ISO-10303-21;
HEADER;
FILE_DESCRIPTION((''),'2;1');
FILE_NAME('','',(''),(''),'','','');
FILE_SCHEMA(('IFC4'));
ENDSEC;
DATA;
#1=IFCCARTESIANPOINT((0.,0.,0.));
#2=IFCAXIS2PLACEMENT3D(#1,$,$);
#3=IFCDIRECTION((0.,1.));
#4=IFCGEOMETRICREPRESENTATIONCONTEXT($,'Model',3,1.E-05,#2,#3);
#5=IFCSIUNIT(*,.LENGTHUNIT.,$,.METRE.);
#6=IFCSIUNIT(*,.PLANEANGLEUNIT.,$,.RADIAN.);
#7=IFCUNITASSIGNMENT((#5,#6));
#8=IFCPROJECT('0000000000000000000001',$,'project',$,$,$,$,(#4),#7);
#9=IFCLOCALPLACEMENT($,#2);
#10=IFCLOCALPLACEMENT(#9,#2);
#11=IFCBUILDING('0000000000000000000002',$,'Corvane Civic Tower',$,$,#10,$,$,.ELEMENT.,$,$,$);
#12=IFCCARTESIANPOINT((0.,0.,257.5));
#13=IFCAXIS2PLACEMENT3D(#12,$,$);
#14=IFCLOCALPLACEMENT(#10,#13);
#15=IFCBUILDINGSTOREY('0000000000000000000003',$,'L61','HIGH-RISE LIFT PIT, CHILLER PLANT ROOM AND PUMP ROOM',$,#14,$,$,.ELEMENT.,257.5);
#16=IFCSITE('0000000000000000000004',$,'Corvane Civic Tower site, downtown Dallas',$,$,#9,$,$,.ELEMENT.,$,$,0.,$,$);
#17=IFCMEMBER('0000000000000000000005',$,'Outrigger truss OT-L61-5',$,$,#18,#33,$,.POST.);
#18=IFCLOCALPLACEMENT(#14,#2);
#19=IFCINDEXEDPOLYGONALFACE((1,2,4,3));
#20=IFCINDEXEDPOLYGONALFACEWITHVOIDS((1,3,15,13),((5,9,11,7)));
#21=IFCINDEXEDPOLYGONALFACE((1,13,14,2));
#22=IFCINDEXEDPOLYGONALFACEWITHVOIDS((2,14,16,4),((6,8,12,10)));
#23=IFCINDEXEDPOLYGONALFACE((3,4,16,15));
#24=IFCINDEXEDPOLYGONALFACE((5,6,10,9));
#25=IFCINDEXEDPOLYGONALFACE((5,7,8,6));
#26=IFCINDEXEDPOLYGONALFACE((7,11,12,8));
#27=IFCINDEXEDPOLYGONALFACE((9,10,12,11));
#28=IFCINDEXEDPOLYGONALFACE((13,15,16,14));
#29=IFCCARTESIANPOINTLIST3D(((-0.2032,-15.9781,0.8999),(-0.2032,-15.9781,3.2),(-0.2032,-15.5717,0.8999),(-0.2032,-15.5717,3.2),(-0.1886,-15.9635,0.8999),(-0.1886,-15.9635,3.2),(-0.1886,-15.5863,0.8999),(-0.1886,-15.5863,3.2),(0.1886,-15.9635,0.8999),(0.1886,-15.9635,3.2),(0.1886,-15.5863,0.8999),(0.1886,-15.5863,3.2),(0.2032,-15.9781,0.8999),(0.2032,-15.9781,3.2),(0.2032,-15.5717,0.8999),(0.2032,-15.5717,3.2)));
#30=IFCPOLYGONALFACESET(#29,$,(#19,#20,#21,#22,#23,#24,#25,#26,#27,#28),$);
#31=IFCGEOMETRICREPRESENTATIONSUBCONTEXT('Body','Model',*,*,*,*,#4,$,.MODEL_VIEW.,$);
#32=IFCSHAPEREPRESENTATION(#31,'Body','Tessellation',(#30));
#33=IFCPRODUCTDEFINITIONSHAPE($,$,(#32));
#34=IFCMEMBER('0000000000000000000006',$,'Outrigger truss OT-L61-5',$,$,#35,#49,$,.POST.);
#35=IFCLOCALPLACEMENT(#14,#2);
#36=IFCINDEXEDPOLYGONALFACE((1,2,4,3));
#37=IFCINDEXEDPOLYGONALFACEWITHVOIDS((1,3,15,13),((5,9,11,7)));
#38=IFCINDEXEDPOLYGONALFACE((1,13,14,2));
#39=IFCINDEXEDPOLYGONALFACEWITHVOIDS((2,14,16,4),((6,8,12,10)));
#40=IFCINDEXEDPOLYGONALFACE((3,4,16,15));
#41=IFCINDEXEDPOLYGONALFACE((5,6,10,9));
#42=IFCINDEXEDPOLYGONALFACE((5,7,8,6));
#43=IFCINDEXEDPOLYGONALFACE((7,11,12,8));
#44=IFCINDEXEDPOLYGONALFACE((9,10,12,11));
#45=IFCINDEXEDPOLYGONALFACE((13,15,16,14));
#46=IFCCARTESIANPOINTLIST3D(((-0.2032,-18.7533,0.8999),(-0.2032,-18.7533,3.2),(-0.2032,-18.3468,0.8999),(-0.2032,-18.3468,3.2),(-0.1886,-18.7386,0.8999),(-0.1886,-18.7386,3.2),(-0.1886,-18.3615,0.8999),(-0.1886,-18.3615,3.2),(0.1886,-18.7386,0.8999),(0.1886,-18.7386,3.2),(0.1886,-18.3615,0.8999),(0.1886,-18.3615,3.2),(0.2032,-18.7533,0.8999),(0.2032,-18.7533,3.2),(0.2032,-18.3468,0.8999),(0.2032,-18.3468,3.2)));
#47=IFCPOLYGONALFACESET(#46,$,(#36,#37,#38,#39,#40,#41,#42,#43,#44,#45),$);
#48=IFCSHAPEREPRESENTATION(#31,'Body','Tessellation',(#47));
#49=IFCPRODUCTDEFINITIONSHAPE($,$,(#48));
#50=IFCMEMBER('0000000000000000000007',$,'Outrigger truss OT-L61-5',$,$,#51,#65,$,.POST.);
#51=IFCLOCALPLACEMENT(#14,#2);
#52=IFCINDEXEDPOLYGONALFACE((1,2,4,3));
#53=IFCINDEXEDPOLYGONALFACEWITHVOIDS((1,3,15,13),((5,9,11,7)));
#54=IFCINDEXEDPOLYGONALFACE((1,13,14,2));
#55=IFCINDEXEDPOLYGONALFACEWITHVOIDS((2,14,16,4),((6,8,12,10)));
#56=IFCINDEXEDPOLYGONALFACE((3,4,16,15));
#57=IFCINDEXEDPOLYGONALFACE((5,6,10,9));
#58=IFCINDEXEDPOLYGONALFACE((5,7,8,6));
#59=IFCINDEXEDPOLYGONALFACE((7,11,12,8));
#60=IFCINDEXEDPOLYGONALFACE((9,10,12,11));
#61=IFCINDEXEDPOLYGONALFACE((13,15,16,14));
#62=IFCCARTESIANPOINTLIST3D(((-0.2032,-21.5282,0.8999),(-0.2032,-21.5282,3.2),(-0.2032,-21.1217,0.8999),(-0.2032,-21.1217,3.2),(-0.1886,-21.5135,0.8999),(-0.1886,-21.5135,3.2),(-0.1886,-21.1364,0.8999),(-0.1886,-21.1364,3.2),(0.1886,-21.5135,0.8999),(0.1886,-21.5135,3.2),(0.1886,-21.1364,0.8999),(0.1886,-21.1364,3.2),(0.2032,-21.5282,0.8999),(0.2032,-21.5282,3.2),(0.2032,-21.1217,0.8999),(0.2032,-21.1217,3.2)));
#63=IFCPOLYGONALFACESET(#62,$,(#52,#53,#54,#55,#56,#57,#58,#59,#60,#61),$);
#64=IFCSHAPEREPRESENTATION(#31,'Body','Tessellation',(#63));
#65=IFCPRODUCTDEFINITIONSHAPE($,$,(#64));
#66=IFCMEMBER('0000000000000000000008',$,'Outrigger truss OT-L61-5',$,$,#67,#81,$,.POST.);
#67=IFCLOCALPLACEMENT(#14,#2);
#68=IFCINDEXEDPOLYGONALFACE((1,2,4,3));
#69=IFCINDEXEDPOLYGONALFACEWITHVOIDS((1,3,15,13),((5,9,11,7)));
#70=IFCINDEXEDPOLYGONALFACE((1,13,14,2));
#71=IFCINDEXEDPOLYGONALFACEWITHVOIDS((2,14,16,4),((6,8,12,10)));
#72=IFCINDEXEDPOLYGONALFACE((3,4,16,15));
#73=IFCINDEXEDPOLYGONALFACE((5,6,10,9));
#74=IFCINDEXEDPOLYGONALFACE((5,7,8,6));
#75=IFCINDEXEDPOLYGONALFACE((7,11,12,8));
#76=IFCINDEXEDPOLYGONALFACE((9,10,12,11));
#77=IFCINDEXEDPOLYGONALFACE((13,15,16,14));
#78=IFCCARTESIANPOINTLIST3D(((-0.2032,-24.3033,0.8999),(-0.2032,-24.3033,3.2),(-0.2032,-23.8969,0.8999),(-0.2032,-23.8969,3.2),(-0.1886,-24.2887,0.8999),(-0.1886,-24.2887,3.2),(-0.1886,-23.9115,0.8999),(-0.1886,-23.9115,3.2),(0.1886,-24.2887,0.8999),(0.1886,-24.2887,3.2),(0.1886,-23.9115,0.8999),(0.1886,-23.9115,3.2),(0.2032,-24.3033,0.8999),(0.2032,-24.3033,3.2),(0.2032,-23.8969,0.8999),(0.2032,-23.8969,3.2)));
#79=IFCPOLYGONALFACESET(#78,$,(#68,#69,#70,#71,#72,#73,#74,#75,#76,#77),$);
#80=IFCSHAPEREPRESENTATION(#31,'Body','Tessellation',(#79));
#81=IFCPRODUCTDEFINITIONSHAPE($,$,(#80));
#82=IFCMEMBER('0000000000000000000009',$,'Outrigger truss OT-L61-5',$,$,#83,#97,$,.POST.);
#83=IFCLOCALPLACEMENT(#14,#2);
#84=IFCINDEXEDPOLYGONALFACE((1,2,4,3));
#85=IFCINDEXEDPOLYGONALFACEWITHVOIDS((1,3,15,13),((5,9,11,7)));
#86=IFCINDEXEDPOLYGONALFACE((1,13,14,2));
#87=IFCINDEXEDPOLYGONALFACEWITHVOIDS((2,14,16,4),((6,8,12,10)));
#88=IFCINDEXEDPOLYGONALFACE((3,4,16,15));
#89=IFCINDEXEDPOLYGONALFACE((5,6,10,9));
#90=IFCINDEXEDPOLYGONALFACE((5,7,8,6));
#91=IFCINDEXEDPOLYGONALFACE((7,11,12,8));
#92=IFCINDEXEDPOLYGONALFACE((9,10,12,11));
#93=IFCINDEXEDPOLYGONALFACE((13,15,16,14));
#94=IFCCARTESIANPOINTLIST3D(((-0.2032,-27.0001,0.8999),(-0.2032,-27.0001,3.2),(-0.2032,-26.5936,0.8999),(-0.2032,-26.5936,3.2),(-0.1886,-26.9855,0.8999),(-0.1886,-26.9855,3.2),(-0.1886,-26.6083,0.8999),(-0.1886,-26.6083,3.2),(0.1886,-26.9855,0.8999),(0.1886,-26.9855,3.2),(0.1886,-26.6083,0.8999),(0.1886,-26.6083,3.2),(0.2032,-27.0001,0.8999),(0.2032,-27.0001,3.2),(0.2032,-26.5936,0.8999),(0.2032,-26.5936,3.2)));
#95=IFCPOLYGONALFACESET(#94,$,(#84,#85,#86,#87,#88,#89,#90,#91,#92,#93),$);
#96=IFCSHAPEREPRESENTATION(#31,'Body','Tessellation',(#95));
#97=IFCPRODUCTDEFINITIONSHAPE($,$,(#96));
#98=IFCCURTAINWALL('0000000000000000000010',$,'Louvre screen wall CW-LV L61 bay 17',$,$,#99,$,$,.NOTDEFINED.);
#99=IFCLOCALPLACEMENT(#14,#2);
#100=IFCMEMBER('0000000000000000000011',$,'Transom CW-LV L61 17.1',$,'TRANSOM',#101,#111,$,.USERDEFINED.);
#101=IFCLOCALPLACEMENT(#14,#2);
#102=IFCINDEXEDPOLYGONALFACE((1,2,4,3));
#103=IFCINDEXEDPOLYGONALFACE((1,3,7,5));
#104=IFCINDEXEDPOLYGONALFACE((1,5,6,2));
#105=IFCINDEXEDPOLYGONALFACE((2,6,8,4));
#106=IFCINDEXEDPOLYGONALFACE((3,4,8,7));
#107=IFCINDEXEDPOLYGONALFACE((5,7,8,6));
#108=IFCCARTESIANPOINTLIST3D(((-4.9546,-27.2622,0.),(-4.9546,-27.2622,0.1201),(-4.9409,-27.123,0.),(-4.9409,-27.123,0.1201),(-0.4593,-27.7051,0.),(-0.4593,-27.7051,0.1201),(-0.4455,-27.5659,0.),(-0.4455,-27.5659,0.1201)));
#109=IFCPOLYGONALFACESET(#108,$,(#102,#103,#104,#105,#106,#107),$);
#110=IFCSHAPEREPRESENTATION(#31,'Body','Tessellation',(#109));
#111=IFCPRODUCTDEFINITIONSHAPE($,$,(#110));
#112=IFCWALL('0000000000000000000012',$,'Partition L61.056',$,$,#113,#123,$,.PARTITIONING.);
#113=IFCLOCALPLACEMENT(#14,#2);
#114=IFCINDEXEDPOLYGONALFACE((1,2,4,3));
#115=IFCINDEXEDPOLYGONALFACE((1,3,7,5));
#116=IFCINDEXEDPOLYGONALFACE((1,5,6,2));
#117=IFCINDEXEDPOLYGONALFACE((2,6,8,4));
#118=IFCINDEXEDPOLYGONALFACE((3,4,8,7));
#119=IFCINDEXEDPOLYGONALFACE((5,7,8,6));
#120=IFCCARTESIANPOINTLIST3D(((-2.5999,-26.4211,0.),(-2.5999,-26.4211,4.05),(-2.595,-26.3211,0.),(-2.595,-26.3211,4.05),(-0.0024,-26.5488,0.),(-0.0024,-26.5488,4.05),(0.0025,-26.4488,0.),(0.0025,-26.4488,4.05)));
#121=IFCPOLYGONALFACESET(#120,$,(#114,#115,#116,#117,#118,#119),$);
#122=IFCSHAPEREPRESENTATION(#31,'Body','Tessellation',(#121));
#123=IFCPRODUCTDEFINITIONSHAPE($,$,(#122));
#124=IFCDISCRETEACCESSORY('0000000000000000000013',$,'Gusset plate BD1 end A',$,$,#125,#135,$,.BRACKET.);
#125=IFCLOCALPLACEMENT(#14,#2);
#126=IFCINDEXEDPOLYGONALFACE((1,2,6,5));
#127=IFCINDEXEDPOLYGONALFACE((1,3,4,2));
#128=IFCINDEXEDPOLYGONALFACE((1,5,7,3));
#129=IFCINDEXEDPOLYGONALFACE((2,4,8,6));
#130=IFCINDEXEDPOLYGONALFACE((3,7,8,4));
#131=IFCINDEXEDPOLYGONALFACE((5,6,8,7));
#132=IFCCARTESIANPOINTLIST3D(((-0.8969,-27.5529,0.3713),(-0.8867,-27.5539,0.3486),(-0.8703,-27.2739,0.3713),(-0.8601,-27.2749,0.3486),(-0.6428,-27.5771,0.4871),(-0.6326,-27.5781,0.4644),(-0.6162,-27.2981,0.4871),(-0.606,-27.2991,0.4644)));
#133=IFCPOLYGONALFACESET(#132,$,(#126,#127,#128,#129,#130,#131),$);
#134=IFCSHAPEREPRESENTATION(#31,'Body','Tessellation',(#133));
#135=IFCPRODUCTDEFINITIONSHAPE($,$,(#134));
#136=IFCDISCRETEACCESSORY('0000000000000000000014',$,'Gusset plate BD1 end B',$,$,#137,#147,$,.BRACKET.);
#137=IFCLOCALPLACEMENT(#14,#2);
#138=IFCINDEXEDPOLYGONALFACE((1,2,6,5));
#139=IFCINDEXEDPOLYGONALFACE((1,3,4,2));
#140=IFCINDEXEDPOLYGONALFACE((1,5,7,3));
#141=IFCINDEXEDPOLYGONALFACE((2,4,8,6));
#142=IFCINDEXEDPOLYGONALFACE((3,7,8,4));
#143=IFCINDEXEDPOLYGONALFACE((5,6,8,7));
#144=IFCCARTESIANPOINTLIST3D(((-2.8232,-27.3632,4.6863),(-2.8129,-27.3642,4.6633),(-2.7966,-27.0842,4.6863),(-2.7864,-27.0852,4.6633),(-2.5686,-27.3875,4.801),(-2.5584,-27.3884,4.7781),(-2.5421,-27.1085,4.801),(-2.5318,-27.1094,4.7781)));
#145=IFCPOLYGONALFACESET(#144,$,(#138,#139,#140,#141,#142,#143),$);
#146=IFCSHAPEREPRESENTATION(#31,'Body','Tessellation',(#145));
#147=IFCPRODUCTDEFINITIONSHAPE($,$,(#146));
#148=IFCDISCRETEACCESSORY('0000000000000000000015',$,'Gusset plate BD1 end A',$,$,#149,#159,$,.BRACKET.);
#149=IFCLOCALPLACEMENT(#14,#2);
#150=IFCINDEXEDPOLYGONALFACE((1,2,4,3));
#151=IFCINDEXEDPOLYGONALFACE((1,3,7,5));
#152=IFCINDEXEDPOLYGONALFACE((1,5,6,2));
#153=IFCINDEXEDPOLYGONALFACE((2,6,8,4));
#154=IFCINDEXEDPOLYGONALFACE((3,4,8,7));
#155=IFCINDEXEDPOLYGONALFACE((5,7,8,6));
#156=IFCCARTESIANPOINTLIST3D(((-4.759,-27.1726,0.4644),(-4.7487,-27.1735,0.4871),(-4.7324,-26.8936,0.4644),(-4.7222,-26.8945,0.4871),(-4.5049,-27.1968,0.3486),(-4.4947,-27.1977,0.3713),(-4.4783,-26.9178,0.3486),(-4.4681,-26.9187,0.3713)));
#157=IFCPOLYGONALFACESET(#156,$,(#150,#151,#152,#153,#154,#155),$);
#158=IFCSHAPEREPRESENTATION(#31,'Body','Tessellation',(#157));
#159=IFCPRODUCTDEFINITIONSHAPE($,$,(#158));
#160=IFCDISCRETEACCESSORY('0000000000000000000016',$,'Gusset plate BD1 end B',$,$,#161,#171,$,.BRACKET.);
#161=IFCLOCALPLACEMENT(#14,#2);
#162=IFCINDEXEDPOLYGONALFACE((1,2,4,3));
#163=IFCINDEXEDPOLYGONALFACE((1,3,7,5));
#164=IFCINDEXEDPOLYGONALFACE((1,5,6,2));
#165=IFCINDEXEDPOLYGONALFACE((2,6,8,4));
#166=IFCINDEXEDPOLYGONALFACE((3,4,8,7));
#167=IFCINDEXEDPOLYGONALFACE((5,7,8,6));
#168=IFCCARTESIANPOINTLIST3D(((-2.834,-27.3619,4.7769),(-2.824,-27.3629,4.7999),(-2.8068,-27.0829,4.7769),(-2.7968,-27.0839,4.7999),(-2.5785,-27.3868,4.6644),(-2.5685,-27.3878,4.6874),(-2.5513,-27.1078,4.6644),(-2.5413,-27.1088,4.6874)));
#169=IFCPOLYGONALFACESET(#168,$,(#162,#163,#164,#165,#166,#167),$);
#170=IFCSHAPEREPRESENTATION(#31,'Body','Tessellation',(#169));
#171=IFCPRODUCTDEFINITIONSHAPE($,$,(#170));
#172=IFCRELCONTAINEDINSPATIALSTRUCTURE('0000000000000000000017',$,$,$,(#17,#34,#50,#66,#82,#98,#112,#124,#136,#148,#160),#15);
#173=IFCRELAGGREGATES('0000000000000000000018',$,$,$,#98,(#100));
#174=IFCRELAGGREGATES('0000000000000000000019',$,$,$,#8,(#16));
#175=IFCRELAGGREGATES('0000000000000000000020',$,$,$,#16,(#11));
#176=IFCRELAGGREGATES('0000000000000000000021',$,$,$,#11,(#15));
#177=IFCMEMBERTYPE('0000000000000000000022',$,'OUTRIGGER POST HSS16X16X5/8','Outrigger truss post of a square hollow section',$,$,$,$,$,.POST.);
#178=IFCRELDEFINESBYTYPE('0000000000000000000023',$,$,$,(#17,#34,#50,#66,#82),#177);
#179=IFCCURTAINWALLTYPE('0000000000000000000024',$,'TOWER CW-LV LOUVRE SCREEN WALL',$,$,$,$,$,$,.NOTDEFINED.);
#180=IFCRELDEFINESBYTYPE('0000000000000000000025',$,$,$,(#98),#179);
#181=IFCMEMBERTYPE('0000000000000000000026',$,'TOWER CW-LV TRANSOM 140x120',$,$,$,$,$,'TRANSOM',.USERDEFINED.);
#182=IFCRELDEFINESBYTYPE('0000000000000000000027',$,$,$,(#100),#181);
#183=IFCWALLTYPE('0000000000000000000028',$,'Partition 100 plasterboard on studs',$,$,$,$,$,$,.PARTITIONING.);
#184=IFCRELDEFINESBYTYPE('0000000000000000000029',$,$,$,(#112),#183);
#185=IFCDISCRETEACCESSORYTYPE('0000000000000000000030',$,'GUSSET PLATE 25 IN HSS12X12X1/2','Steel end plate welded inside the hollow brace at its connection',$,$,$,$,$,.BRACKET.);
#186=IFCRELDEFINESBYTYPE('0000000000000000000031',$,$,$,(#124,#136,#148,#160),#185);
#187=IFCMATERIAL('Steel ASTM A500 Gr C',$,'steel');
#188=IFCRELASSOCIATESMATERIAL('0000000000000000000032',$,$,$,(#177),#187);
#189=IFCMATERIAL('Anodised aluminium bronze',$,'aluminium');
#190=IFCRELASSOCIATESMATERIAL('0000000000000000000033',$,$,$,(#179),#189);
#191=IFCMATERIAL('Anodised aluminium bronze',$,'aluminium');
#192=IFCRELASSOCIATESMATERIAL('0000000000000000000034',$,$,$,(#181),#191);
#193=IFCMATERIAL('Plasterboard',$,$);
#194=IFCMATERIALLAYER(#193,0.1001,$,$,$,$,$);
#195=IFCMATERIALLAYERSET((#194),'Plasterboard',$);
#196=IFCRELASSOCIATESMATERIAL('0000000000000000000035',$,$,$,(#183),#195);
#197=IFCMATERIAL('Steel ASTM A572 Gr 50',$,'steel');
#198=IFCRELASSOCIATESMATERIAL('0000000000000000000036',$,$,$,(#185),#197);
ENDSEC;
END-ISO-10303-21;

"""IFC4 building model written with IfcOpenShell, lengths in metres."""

from ifc_helpers import new_model, si_unit, direction, frame, frame_2d, origin, origin_2d, place, context, subcontext, project, spatial, rectangle, hollow_rectangle, extrude, material, layer, layer_set, material_profile, profile_set, type_object, element, aggregate, save


model = new_model("IFC4")

# Units and contexts
model_context = context("Model", 3, precision=1e-05, world=origin(), true_north=direction((0.0, 1.0)))
body_context = subcontext(model_context, "Body", "Model", "MODEL_VIEW")
ifc_project = project(units=[si_unit("LENGTHUNIT", "METRE"), si_unit("PLANEANGLEUNIT", "RADIAN")], contexts=[model_context])

# Site, building, storey
site_placement = place(None, origin())
site = spatial("IfcSite", under=ifc_project, at=site_placement, Name="Corvane Civic Tower site, downtown Dallas", CompositionType="ELEMENT", RefElevation=0.0)
building_placement = place(site_placement, origin())
building = spatial("IfcBuilding", under=site, at=building_placement, Name="Corvane Civic Tower", CompositionType="ELEMENT")
storey_placement = place(building_placement, frame((0.0, 0.0, 257.5)))
storey = spatial("IfcBuildingStorey", under=building, at=storey_placement, Name="L61", Description="HIGH-RISE LIFT PIT, CHILLER PLANT ROOM AND PUMP ROOM", CompositionType="ELEMENT", Elevation=257.5)

# Members
ifc_material_1 = material(Name="Steel ASTM A500 Gr C", Category="steel")
ifc_material_profile_1 = material_profile(ifc_material_1, hollow_rectangle(XDim=0.4065, YDim=0.4065, WallThickness=0.0146, at=origin_2d()), Name="HSS16X16X5/8")
ifc_profile_set_1 = profile_set([ifc_material_profile_1], Name="Steel ASTM A500 Gr C")
member_type_1 = type_object("IfcMemberType", Name="OUTRIGGER POST HSS16X16X5/8", Description="Outrigger truss post of a square hollow section", PredefinedType="POST", material=ifc_profile_set_1)
for number, where, z_axis, x_axis, name in (
    (1, (0.0, -15.7749, 0.8999), (0.0, 0.0, 1.0), (1.0, 0.0, 0.0), "Outrigger truss OT-L61-5"),
    (2, (0.0, -18.55, 0.8999), (0.0, 0.0, 1.0), (1.0, 0.0, 0.0), "Outrigger truss OT-L61-5"),
    (3, (0.0, -21.325, 0.8999), (0.0, 0.0, 1.0), (1.0, 0.0, 0.0), "Outrigger truss OT-L61-5"),
    (4, (0.0, -24.1001, 0.8999), (0.0, 0.0, 1.0), (1.0, 0.0, 0.0), "Outrigger truss OT-L61-5"),
    (5, (0.0, -26.7969, 0.8999), (0.0, 0.0, 1.0), (1.0, 0.0, 0.0), "Outrigger truss OT-L61-5"),
):
    element("IfcMember", number, at=place(storey_placement, frame(where, z_axis=z_axis, x_axis=x_axis)), inside=storey, type_object=member_type_1, Name=name, PredefinedType="POST", context=body_context, shape_type="SweptSolid", body=[
        extrude(hollow_rectangle(XDim=0.4065, YDim=0.4065, WallThickness=0.0146, at=origin_2d()), origin(), (0.0, 0.0, 1.0), 2.3),
    ])

# Curtain wall, member
ifc_material_2 = material(Name="Anodised aluminium bronze", Category="aluminium")
curtain_wall_type = type_object("IfcCurtainWallType", Name="TOWER CW-LV LOUVRE SCREEN WALL", PredefinedType="NOTDEFINED", material=ifc_material_2)
curtain_wall_placement = place(storey_placement, origin())
curtain_wall = element("IfcCurtainWall", 6, at=curtain_wall_placement, inside=storey, type_object=curtain_wall_type, Name="Louvre screen wall CW-LV L61 bay 17", PredefinedType="NOTDEFINED")
ifc_material_3 = material(Name="Anodised aluminium bronze", Category="aluminium")
ifc_material_profile_2 = material_profile(ifc_material_3, rectangle(XDim=0.1399, YDim=0.1201, at=origin_2d()), Name="TOWER CW-LV TRANSOM 140x120")
ifc_profile_set_2 = profile_set([ifc_material_profile_2], Name="Anodised aluminium bronze")
member_type_2 = type_object("IfcMemberType", Name="TOWER CW-LV TRANSOM 140x120", ElementType="TRANSOM", PredefinedType="USERDEFINED", material=ifc_profile_set_2)
member_1_placement = place(storey_placement, frame((-0.4524, -27.6355, 0.0601), z_axis=(-0.995182, 0.098043, 0.0), x_axis=(-0.098043, -0.995182, 0.0)))
member_1 = element("IfcMember", 7, at=member_1_placement, type_object=member_type_2, Name="Transom CW-LV L61 17.1", ObjectType="TRANSOM", PredefinedType="USERDEFINED", context=body_context, shape_type="SweptSolid", body=[
    extrude(rectangle(XDim=0.1399, YDim=0.1201, at=origin_2d()), origin(), (0.0, 0.0, 1.0), 4.5171),
])

# Wall
ifc_material_4 = material(Name="Plasterboard")
ifc_layer = layer(ifc_material_4, 0.1001)
ifc_layer_set = layer_set([ifc_layer], Name="Plasterboard")
wall_type = type_object("IfcWallType", Name="Partition 100 plasterboard on studs", PredefinedType="PARTITIONING", material=ifc_layer_set)
wall_placement = place(storey_placement, frame((-2.5974, -26.3711, 0.0), z_axis=(0.0, 0.0, 1.0), x_axis=(0.998794, -0.049099, 0.0)))
element("IfcWall", 8, at=wall_placement, inside=storey, type_object=wall_type, Name="Partition L61.056", PredefinedType="PARTITIONING", context=body_context, shape_type="SweptSolid", body=[
    extrude(rectangle(XDim=2.6006, YDim=0.1001, at=frame_2d((1.3003, 0.0))), origin(), (0.0, 0.0, 1.0), 4.05),
])

aggregate(curtain_wall, [member_1])

# Discrete accessories
ifc_material_5 = material(Name="Steel ASTM A572 Gr 50", Category="steel")
ifc_material_profile_3 = material_profile(ifc_material_5, rectangle(XDim=0.2803, YDim=0.2803, at=origin_2d()), Name="GUSSET PLATE 25 IN HSS12X12X1/2")
ifc_profile_set_3 = profile_set([ifc_material_profile_3], Name="Steel ASTM A572 Gr 50")
discrete_accessory_type = type_object("IfcDiscreteAccessoryType", Name="GUSSET PLATE 25 IN HSS12X12X1/2", Description="Steel end plate welded inside the hollow brace at its connection", PredefinedType="BRACKET", material=ifc_profile_set_3)
discrete_accessory_1_placement = place(storey_placement, frame((-0.7463, -27.4265, 0.4065), z_axis=(-0.411271, 0.039169, 0.910671), x_axis=(-0.094809, -0.995495, 0.0)))
element("IfcDiscreteAccessory", 9, at=discrete_accessory_1_placement, inside=storey, type_object=discrete_accessory_type, Name="Gusset plate BD1 end A", PredefinedType="BRACKET", context=body_context, shape_type="SweptSolid", body=[
    extrude(rectangle(XDim=0.2803, YDim=0.2803, at=origin_2d()), origin(), (0.0, 0.0, 1.0), 0.0249),
])
discrete_accessory_2_placement = place(storey_placement, frame((-2.6826, -27.2358, 4.7437), z_axis=(0.407633, -0.038822, -0.91232), x_axis=(0.094809, 0.995495, 0.0)))
element("IfcDiscreteAccessory", 10, at=discrete_accessory_2_placement, inside=storey, type_object=discrete_accessory_type, Name="Gusset plate BD1 end B", PredefinedType="BRACKET", context=body_context, shape_type="SweptSolid", body=[
    extrude(rectangle(XDim=0.2803, YDim=0.2803, at=origin_2d()), origin(), (0.0, 0.0, 1.0), 0.0251),
])
discrete_accessory_3_placement = place(storey_placement, frame((-4.6187, -27.0452, 0.4065), z_axis=(0.411271, -0.039169, 0.910671), x_axis=(0.094809, 0.995495, 0.0)))
element("IfcDiscreteAccessory", 11, at=discrete_accessory_3_placement, inside=storey, type_object=discrete_accessory_type, Name="Gusset plate BD1 end A", PredefinedType="BRACKET", context=body_context, shape_type="SweptSolid", body=[
    extrude(rectangle(XDim=0.2803, YDim=0.2803, at=origin_2d()), origin(), (0.0, 0.0, 1.0), 0.0249),
])
discrete_accessory_4_placement = place(storey_placement, frame((-2.6826, -27.2358, 4.7437), z_axis=(-0.399492, 0.038975, -0.915908), x_axis=(-0.0971, -0.995275, 0.0)))
element("IfcDiscreteAccessory", 12, at=discrete_accessory_4_placement, inside=storey, type_object=discrete_accessory_type, Name="Gusset plate BD1 end B", PredefinedType="BRACKET", context=body_context, shape_type="SweptSolid", body=[
    extrude(rectangle(XDim=0.2803, YDim=0.2803, at=origin_2d()), origin(), (0.0, 0.0, 1.0), 0.0251),
])

save(model, "model.ifc")
